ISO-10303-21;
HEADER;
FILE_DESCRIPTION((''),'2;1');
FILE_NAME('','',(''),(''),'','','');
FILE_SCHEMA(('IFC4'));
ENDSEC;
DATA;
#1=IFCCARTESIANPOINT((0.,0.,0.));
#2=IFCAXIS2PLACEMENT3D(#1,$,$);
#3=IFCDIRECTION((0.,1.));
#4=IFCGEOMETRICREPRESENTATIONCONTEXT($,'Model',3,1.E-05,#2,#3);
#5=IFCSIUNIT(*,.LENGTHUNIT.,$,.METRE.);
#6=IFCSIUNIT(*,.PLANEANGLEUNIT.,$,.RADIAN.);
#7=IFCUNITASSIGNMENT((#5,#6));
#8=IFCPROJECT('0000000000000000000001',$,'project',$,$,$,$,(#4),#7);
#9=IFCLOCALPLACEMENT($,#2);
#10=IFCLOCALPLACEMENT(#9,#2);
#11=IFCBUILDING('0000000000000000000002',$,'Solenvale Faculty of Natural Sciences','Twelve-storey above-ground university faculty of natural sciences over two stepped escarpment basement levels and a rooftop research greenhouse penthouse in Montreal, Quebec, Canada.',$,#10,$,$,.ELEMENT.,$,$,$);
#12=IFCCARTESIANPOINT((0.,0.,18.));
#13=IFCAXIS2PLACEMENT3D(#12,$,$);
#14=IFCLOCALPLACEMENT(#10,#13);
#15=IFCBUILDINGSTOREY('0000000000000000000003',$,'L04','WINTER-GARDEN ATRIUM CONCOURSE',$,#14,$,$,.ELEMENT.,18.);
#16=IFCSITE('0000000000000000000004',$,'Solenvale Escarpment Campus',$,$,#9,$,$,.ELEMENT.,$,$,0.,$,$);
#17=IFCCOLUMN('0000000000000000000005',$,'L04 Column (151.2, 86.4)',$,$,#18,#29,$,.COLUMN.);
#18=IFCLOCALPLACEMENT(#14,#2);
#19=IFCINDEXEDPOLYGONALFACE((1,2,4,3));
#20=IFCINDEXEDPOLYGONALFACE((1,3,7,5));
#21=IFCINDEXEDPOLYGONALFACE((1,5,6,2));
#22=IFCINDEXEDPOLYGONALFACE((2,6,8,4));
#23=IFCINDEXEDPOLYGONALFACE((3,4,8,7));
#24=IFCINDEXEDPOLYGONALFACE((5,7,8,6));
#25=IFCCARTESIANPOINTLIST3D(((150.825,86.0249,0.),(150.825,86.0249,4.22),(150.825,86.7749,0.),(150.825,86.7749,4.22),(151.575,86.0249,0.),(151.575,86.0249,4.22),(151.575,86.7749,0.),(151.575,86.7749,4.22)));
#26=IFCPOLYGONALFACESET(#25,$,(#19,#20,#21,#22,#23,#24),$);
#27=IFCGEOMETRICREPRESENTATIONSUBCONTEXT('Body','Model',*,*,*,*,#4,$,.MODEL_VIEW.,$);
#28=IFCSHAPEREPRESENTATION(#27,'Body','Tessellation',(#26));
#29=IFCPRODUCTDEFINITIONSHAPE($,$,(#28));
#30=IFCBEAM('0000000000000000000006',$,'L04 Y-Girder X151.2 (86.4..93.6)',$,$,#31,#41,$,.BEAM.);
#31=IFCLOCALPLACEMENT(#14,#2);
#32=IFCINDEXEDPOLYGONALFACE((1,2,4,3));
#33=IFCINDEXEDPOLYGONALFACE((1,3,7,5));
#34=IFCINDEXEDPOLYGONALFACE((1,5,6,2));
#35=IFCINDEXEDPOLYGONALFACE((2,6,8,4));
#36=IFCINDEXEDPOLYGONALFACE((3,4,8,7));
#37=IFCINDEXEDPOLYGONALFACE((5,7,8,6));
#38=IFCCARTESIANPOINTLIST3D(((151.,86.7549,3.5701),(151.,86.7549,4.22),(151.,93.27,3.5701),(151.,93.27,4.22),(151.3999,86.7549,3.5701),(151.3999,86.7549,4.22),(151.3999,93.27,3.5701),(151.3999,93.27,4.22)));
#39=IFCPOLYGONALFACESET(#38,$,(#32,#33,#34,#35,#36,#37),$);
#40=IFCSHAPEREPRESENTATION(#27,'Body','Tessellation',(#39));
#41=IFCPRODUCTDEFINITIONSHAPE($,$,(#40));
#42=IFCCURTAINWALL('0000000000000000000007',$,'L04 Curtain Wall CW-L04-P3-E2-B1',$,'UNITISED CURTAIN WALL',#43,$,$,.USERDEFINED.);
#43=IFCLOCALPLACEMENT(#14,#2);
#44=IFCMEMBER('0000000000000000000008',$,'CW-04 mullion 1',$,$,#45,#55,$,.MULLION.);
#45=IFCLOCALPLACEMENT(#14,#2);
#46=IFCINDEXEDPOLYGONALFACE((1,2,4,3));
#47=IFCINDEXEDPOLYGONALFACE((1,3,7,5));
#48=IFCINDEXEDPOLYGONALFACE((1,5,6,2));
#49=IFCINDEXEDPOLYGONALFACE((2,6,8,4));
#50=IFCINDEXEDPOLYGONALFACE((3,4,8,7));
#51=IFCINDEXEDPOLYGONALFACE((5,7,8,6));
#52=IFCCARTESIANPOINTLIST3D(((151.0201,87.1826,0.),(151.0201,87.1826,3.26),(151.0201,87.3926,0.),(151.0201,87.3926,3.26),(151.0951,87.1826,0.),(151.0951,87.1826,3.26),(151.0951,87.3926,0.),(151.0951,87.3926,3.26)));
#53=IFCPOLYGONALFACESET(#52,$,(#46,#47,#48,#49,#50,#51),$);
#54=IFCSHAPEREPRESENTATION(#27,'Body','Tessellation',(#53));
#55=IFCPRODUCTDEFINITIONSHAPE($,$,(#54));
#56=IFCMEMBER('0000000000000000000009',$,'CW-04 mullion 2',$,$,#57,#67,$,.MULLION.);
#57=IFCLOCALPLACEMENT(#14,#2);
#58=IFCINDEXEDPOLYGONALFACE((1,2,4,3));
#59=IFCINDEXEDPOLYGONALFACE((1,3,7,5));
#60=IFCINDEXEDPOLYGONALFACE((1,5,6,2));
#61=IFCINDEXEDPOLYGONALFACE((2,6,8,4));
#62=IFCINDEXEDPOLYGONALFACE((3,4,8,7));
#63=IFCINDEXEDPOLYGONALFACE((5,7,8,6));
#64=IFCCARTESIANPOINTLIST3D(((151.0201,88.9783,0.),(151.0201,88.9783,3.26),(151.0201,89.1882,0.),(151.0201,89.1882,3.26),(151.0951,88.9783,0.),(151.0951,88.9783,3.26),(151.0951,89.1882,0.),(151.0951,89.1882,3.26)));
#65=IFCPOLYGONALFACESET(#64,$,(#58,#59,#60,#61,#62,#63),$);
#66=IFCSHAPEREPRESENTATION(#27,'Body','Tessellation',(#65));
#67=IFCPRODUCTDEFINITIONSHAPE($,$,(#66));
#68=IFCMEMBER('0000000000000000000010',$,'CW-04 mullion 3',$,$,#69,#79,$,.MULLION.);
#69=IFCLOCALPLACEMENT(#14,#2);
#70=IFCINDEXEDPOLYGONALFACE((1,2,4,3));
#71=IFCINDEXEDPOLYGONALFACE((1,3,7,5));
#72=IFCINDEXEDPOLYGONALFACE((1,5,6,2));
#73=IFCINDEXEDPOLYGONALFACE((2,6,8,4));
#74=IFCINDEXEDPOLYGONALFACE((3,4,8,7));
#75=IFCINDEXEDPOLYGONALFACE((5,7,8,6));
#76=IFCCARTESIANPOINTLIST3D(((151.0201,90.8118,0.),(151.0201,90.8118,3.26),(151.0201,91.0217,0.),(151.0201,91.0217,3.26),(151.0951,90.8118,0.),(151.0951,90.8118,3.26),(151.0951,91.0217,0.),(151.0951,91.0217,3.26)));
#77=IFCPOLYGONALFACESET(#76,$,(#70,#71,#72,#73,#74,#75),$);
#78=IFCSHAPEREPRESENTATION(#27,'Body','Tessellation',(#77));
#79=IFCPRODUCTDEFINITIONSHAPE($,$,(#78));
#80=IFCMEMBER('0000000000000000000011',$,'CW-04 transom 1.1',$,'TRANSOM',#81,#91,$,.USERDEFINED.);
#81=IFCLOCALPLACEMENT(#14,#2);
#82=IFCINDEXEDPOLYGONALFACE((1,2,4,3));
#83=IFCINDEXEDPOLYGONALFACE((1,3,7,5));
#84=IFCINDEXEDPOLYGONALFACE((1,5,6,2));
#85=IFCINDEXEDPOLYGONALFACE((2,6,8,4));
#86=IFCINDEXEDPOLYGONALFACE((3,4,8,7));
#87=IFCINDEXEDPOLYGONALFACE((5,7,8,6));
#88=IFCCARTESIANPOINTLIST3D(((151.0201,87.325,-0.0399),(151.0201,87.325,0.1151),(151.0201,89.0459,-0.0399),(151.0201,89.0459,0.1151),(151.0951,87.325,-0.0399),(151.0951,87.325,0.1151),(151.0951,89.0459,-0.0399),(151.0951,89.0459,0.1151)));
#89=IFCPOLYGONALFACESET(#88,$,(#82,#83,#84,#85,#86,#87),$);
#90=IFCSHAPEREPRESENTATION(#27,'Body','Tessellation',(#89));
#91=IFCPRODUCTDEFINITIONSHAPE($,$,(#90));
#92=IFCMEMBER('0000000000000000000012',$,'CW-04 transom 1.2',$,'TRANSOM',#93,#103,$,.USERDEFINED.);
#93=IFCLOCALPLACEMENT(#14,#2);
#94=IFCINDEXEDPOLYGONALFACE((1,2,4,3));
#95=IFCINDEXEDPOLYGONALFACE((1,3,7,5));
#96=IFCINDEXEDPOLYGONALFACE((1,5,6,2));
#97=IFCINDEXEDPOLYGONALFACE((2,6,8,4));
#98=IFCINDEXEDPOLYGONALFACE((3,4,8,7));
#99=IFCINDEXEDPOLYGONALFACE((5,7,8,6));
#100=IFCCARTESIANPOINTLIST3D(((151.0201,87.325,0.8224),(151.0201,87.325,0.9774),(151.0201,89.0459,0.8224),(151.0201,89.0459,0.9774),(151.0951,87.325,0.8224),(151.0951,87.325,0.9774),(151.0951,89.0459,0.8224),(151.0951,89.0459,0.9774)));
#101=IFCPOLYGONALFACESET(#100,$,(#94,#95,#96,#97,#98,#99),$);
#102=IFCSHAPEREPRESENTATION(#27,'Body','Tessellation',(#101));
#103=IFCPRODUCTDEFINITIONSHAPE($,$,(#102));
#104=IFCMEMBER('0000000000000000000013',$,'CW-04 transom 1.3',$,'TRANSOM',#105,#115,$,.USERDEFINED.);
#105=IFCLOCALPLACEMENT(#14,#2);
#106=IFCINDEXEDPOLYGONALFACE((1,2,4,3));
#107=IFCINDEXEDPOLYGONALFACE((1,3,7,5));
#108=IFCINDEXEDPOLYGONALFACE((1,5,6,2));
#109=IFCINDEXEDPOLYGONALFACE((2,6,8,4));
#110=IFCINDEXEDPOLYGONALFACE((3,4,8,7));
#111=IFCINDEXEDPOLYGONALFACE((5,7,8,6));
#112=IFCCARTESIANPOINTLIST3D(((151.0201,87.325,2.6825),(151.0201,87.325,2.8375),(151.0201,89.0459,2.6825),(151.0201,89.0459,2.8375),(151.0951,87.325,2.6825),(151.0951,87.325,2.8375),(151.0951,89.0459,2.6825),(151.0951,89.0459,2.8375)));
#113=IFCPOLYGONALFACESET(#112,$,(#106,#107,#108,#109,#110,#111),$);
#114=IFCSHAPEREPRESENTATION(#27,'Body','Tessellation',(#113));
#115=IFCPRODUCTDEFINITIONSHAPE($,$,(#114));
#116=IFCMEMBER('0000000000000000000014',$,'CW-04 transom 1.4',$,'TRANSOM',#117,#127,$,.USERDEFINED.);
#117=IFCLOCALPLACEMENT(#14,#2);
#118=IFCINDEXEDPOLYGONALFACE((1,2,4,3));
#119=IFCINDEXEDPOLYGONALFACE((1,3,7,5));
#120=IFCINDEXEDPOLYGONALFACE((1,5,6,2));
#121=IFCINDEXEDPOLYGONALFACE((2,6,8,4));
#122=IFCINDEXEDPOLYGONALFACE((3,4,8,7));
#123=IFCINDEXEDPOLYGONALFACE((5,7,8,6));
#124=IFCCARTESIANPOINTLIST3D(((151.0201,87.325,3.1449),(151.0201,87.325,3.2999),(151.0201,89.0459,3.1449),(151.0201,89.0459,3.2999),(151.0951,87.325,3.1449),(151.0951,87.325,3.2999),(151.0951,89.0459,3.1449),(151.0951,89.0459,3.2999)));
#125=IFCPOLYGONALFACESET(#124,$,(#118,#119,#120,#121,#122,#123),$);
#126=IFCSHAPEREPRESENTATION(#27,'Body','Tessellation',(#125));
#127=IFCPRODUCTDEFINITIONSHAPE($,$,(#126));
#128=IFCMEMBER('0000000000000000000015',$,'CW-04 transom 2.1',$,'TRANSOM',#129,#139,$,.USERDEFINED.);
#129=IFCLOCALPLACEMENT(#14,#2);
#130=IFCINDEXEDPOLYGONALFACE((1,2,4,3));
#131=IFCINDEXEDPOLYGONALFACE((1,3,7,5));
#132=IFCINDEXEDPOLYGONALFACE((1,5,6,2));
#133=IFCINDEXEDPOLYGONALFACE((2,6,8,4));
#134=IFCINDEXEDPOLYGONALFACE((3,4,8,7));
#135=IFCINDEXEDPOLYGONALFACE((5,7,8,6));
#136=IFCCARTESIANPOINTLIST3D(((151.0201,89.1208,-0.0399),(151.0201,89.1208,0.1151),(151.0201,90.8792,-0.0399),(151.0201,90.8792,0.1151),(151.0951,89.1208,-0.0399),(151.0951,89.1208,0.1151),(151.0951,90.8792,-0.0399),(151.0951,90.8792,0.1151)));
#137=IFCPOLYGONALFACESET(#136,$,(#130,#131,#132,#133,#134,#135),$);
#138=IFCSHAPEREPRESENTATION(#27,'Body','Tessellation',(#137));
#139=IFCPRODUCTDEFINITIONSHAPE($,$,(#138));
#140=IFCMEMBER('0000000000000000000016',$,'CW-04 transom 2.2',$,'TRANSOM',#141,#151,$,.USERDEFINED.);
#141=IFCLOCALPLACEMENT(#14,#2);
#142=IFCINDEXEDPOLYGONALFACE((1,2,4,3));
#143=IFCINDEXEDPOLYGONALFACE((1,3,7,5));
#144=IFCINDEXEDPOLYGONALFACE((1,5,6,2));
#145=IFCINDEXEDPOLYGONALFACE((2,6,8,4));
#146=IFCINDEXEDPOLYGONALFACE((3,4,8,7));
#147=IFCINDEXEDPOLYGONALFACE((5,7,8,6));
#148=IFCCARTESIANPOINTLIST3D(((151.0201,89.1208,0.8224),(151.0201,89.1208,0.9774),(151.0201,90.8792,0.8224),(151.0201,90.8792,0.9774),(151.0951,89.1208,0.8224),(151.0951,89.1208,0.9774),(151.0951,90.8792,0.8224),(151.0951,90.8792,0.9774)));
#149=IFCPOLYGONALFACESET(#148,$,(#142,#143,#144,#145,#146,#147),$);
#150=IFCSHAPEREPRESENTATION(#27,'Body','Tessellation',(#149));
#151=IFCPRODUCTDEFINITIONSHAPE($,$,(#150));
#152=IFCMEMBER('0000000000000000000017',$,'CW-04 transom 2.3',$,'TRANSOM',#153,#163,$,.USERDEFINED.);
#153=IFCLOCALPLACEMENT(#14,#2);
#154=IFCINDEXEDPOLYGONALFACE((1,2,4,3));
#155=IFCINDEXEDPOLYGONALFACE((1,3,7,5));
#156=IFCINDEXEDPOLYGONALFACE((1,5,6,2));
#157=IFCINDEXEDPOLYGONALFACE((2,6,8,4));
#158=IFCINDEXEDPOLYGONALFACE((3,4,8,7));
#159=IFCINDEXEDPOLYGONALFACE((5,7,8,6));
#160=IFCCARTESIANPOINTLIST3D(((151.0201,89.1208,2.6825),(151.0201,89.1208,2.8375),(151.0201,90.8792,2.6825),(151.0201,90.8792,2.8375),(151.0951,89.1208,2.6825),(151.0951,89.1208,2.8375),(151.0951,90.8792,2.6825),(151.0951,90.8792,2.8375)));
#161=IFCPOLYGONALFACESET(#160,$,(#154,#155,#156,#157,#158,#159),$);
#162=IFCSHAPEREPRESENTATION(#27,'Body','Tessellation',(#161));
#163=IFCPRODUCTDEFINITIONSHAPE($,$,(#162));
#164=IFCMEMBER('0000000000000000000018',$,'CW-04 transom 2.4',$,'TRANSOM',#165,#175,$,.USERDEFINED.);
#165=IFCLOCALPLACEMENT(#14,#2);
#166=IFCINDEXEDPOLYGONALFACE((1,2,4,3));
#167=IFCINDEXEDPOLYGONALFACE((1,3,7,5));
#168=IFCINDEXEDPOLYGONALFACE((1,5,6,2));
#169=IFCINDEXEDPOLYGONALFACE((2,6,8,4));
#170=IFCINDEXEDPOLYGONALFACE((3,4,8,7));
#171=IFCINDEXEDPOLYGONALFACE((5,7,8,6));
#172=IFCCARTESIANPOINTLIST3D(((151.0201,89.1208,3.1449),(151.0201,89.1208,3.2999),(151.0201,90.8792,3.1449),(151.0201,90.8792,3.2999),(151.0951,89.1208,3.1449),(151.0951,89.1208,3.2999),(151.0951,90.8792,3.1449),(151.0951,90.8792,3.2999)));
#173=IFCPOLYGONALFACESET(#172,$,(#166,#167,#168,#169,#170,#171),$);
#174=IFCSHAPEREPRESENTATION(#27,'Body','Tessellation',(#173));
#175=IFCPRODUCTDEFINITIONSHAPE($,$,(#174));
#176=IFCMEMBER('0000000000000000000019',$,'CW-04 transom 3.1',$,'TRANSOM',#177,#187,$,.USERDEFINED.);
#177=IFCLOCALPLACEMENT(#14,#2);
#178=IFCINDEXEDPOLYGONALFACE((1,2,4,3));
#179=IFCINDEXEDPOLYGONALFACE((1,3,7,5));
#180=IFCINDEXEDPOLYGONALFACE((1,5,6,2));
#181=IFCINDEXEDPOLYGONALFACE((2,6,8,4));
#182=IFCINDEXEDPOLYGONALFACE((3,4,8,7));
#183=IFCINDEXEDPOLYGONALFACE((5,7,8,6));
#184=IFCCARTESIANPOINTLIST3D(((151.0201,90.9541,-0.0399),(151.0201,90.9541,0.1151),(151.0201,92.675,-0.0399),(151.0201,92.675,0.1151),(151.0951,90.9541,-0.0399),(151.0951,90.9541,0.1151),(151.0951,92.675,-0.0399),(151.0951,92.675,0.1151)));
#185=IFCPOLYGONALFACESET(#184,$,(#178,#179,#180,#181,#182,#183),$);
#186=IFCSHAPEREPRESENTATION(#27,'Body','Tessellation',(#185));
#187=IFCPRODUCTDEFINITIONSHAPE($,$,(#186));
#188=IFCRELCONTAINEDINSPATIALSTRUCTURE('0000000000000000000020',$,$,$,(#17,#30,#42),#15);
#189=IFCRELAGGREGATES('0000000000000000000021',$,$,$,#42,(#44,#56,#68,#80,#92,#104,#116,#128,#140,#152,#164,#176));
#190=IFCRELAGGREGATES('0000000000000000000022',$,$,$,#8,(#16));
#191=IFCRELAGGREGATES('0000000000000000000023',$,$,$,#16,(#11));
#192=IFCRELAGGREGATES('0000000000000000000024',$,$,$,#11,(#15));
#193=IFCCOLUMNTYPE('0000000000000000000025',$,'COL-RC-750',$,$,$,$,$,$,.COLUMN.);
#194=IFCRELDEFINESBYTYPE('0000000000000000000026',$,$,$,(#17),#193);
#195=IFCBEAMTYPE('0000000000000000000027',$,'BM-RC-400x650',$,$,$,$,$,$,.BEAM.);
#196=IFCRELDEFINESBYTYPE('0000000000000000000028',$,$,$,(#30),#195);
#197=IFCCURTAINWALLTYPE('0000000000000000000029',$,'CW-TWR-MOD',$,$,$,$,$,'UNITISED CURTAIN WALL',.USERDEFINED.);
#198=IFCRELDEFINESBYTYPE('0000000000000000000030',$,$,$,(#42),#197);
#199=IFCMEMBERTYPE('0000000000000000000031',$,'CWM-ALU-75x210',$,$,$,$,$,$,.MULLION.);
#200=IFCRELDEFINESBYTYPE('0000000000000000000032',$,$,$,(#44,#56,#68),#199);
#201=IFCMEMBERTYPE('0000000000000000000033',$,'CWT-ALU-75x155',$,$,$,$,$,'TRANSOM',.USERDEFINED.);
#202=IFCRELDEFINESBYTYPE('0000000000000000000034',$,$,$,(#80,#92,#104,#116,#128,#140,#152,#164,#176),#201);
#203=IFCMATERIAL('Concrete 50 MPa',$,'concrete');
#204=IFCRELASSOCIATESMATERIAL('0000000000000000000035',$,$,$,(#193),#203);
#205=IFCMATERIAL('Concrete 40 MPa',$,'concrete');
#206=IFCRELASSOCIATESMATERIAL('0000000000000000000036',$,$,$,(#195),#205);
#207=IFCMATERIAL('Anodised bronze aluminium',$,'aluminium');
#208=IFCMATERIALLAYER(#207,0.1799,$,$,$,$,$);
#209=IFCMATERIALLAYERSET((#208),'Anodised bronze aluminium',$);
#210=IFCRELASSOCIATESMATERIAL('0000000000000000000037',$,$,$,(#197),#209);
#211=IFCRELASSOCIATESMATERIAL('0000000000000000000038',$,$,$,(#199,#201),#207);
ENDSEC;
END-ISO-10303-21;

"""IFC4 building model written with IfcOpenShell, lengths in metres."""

from ifc_helpers import new_model, si_unit, direction, frame, origin, origin_2d, place, context, subcontext, project, spatial, rectangle, extrude, material, layer, layer_set, material_profile, profile_set, type_object, element, aggregate, save


model = new_model("IFC4")

# Units and contexts
model_context = context("Model", 3, precision=1e-05, world=origin(), true_north=direction((0.0, 1.0)))
body_context = subcontext(model_context, "Body", "Model", "MODEL_VIEW")
ifc_project = project(units=[si_unit("LENGTHUNIT", "METRE"), si_unit("PLANEANGLEUNIT", "RADIAN")], contexts=[model_context])

# Site, building, storey
site_placement = place(None, origin())
site = spatial("IfcSite", under=ifc_project, at=site_placement, Name="Solenvale Escarpment Campus", CompositionType="ELEMENT", RefElevation=0.0)
building_placement = place(site_placement, origin())
building = spatial("IfcBuilding", under=site, at=building_placement, Name="Solenvale Faculty of Natural Sciences", Description="Twelve-storey above-ground university faculty of natural sciences over two stepped escarpment basement levels and a rooftop research greenhouse penthouse in Montreal, Quebec, Canada.", CompositionType="ELEMENT")
storey_placement = place(building_placement, frame((0.0, 0.0, 18.0)))
storey = spatial("IfcBuildingStorey", under=building, at=storey_placement, Name="L04", Description="WINTER-GARDEN ATRIUM CONCOURSE", CompositionType="ELEMENT", Elevation=18.0)

# Column
ifc_material_1 = material(Name="Concrete 50 MPa", Category="concrete")
ifc_material_profile_1 = material_profile(ifc_material_1, rectangle(XDim=0.75, YDim=0.75, at=origin_2d()), Name="RC-COL-750x750")
ifc_profile_set_1 = profile_set([ifc_material_profile_1], Name="Concrete 50 MPa")
column_type = type_object("IfcColumnType", Name="COL-RC-750", PredefinedType="COLUMN", material=ifc_profile_set_1)
column_placement = place(storey_placement, frame((151.2, 86.3999, 0.0), z_axis=(0.0, 0.0, 1.0), x_axis=(1.0, 0.0, 0.0)))
element("IfcColumn", 1, at=column_placement, inside=storey, type_object=column_type, Name="L04 Column (151.2, 86.4)", PredefinedType="COLUMN", context=body_context, shape_type="SweptSolid", body=[
    extrude(rectangle(XDim=0.75, YDim=0.75, at=origin_2d()), origin(), (0.0, 0.0, 1.0), 4.22),
])

# Beam
ifc_material_2 = material(Name="Concrete 40 MPa", Category="concrete")
ifc_material_profile_2 = material_profile(ifc_material_2, rectangle(XDim=0.3999, YDim=0.6499, at=origin_2d()), Name="RC-BM-400x650")
ifc_profile_set_2 = profile_set([ifc_material_profile_2], Name="Concrete 40 MPa")
beam_type = type_object("IfcBeamType", Name="BM-RC-400x650", PredefinedType="BEAM", material=ifc_profile_set_2)
beam_placement = place(storey_placement, frame((151.2, 86.7549, 3.895), z_axis=(0.0, 1.0, 0.0), x_axis=(-1.0, 0.0, 0.0)))
element("IfcBeam", 2, at=beam_placement, inside=storey, type_object=beam_type, Name="L04 Y-Girder X151.2 (86.4..93.6)", PredefinedType="BEAM", context=body_context, shape_type="SweptSolid", body=[
    extrude(rectangle(XDim=0.3999, YDim=0.6499, at=origin_2d()), origin(), (0.0, 0.0, 1.0), 6.5151),
])

# Curtain wall, members
ifc_material_3 = material(Name="Anodised bronze aluminium", Category="aluminium")
ifc_layer_1 = layer(ifc_material_3, 0.1799)
ifc_layer_set_1 = layer_set([ifc_layer_1], Name="Anodised bronze aluminium")
curtain_wall_type = type_object("IfcCurtainWallType", Name="CW-TWR-MOD", ElementType="UNITISED CURTAIN WALL", PredefinedType="USERDEFINED", material=ifc_layer_set_1)
curtain_wall_placement = place(storey_placement, origin())
curtain_wall = element("IfcCurtainWall", 3, at=curtain_wall_placement, inside=storey, type_object=curtain_wall_type, Name="L04 Curtain Wall CW-L04-P3-E2-B1", ObjectType="UNITISED CURTAIN WALL", PredefinedType="USERDEFINED")
ifc_material_profile_3 = material_profile(ifc_material_3, rectangle(XDim=0.075, YDim=0.21, at=origin_2d()), Name="ALU-MUL-75x210")
ifc_profile_set_3 = profile_set([ifc_material_profile_3], Name="Anodised bronze aluminium")
member_type_1 = type_object("IfcMemberType", Name="CWM-ALU-75x210", PredefinedType="MULLION", material=ifc_profile_set_3)
member_1_placement = place(storey_placement, frame((151.0576, 87.2876, 0.0), z_axis=(0.0, 0.0, 1.0), x_axis=(-1.0, 0.0, 0.0)))
member_1 = element("IfcMember", 4, at=member_1_placement, type_object=member_type_1, Name="CW-04 mullion 1", PredefinedType="MULLION", context=body_context, shape_type="SweptSolid", body=[
    extrude(rectangle(XDim=0.075, YDim=0.21, at=origin_2d()), origin(), (0.0, 0.0, 1.0), 3.26),
])
member_2_placement = place(storey_placement, frame((151.0576, 89.0833, 0.0), z_axis=(0.0, 0.0, 1.0), x_axis=(-1.0, 0.0, 0.0)))
member_2 = element("IfcMember", 5, at=member_2_placement, type_object=member_type_1, Name="CW-04 mullion 2", PredefinedType="MULLION", context=body_context, shape_type="SweptSolid", body=[
    extrude(rectangle(XDim=0.075, YDim=0.21, at=origin_2d()), origin(), (0.0, 0.0, 1.0), 3.26),
])
member_3_placement = place(storey_placement, frame((151.0576, 90.9167, 0.0), z_axis=(0.0, 0.0, 1.0), x_axis=(-1.0, 0.0, 0.0)))
member_3 = element("IfcMember", 6, at=member_3_placement, type_object=member_type_1, Name="CW-04 mullion 3", PredefinedType="MULLION", context=body_context, shape_type="SweptSolid", body=[
    extrude(rectangle(XDim=0.075, YDim=0.21, at=origin_2d()), origin(), (0.0, 0.0, 1.0), 3.26),
])
ifc_material_profile_4 = material_profile(ifc_material_3, rectangle(XDim=0.075, YDim=0.155, at=origin_2d()), Name="ALU-TRN-75x155")
ifc_profile_set_4 = profile_set([ifc_material_profile_4], Name="Anodised bronze aluminium")
member_type_2 = type_object("IfcMemberType", Name="CWT-ALU-75x155", ElementType="TRANSOM", PredefinedType="USERDEFINED", material=ifc_profile_set_4)
member_4_placement = place(storey_placement, frame((151.0576, 87.325, 0.0376), z_axis=(0.0, 1.0, 0.0), x_axis=(-1.0, 0.0, 0.0)))
member_4 = element("IfcMember", 7, at=member_4_placement, type_object=member_type_2, Name="CW-04 transom 1.1", ObjectType="TRANSOM", PredefinedType="USERDEFINED", context=body_context, shape_type="SweptSolid", body=[
    extrude(rectangle(XDim=0.075, YDim=0.155, at=origin_2d()), origin(), (0.0, 0.0, 1.0), 1.7209),
])
member_5_placement = place(storey_placement, frame((151.0576, 87.325, 0.8999), z_axis=(0.0, 1.0, 0.0), x_axis=(-1.0, 0.0, 0.0)))
member_5 = element("IfcMember", 8, at=member_5_placement, type_object=member_type_2, Name="CW-04 transom 1.2", ObjectType="TRANSOM", PredefinedType="USERDEFINED", context=body_context, shape_type="SweptSolid", body=[
    extrude(rectangle(XDim=0.075, YDim=0.155, at=origin_2d()), origin(), (0.0, 0.0, 1.0), 1.7209),
])
member_6_placement = place(storey_placement, frame((151.0576, 87.325, 2.76), z_axis=(0.0, 1.0, 0.0), x_axis=(-1.0, 0.0, 0.0)))
member_6 = element("IfcMember", 9, at=member_6_placement, type_object=member_type_2, Name="CW-04 transom 1.3", ObjectType="TRANSOM", PredefinedType="USERDEFINED", context=body_context, shape_type="SweptSolid", body=[
    extrude(rectangle(XDim=0.075, YDim=0.155, at=origin_2d()), origin(), (0.0, 0.0, 1.0), 1.7209),
])
member_7_placement = place(storey_placement, frame((151.0576, 87.325, 3.2224), z_axis=(0.0, 1.0, 0.0), x_axis=(-1.0, 0.0, 0.0)))
member_7 = element("IfcMember", 10, at=member_7_placement, type_object=member_type_2, Name="CW-04 transom 1.4", ObjectType="TRANSOM", PredefinedType="USERDEFINED", context=body_context, shape_type="SweptSolid", body=[
    extrude(rectangle(XDim=0.075, YDim=0.155, at=origin_2d()), origin(), (0.0, 0.0, 1.0), 1.7209),
])
member_8_placement = place(storey_placement, frame((151.0576, 89.1208, 0.0376), z_axis=(0.0, 1.0, 0.0), x_axis=(-1.0, 0.0, 0.0)))
member_8 = element("IfcMember", 11, at=member_8_placement, type_object=member_type_2, Name="CW-04 transom 2.1", ObjectType="TRANSOM", PredefinedType="USERDEFINED", context=body_context, shape_type="SweptSolid", body=[
    extrude(rectangle(XDim=0.075, YDim=0.155, at=origin_2d()), origin(), (0.0, 0.0, 1.0), 1.7583),
])
member_9_placement = place(storey_placement, frame((151.0576, 89.1208, 0.8999), z_axis=(0.0, 1.0, 0.0), x_axis=(-1.0, 0.0, 0.0)))
member_9 = element("IfcMember", 12, at=member_9_placement, type_object=member_type_2, Name="CW-04 transom 2.2", ObjectType="TRANSOM", PredefinedType="USERDEFINED", context=body_context, shape_type="SweptSolid", body=[
    extrude(rectangle(XDim=0.075, YDim=0.155, at=origin_2d()), origin(), (0.0, 0.0, 1.0), 1.7583),
])
member_10_placement = place(storey_placement, frame((151.0576, 89.1208, 2.76), z_axis=(0.0, 1.0, 0.0), x_axis=(-1.0, 0.0, 0.0)))
member_10 = element("IfcMember", 13, at=member_10_placement, type_object=member_type_2, Name="CW-04 transom 2.3", ObjectType="TRANSOM", PredefinedType="USERDEFINED", context=body_context, shape_type="SweptSolid", body=[
    extrude(rectangle(XDim=0.075, YDim=0.155, at=origin_2d()), origin(), (0.0, 0.0, 1.0), 1.7583),
])
member_11_placement = place(storey_placement, frame((151.0576, 89.1208, 3.2224), z_axis=(0.0, 1.0, 0.0), x_axis=(-1.0, 0.0, 0.0)))
member_11 = element("IfcMember", 14, at=member_11_placement, type_object=member_type_2, Name="CW-04 transom 2.4", ObjectType="TRANSOM", PredefinedType="USERDEFINED", context=body_context, shape_type="SweptSolid", body=[
    extrude(rectangle(XDim=0.075, YDim=0.155, at=origin_2d()), origin(), (0.0, 0.0, 1.0), 1.7583),
])
member_12_placement = place(storey_placement, frame((151.0576, 90.9541, 0.0376), z_axis=(0.0, 1.0, 0.0), x_axis=(-1.0, 0.0, 0.0)))
member_12 = element("IfcMember", 15, at=member_12_placement, type_object=member_type_2, Name="CW-04 transom 3.1", ObjectType="TRANSOM", PredefinedType="USERDEFINED", context=body_context, shape_type="SweptSolid", body=[
    extrude(rectangle(XDim=0.075, YDim=0.155, at=origin_2d()), origin(), (0.0, 0.0, 1.0), 1.7209),
])
aggregate(curtain_wall, [member_1, member_2, member_3, member_4, member_5, member_6, member_7, member_8, member_9, member_10, member_11, member_12])

save(model, "model.ifc")
